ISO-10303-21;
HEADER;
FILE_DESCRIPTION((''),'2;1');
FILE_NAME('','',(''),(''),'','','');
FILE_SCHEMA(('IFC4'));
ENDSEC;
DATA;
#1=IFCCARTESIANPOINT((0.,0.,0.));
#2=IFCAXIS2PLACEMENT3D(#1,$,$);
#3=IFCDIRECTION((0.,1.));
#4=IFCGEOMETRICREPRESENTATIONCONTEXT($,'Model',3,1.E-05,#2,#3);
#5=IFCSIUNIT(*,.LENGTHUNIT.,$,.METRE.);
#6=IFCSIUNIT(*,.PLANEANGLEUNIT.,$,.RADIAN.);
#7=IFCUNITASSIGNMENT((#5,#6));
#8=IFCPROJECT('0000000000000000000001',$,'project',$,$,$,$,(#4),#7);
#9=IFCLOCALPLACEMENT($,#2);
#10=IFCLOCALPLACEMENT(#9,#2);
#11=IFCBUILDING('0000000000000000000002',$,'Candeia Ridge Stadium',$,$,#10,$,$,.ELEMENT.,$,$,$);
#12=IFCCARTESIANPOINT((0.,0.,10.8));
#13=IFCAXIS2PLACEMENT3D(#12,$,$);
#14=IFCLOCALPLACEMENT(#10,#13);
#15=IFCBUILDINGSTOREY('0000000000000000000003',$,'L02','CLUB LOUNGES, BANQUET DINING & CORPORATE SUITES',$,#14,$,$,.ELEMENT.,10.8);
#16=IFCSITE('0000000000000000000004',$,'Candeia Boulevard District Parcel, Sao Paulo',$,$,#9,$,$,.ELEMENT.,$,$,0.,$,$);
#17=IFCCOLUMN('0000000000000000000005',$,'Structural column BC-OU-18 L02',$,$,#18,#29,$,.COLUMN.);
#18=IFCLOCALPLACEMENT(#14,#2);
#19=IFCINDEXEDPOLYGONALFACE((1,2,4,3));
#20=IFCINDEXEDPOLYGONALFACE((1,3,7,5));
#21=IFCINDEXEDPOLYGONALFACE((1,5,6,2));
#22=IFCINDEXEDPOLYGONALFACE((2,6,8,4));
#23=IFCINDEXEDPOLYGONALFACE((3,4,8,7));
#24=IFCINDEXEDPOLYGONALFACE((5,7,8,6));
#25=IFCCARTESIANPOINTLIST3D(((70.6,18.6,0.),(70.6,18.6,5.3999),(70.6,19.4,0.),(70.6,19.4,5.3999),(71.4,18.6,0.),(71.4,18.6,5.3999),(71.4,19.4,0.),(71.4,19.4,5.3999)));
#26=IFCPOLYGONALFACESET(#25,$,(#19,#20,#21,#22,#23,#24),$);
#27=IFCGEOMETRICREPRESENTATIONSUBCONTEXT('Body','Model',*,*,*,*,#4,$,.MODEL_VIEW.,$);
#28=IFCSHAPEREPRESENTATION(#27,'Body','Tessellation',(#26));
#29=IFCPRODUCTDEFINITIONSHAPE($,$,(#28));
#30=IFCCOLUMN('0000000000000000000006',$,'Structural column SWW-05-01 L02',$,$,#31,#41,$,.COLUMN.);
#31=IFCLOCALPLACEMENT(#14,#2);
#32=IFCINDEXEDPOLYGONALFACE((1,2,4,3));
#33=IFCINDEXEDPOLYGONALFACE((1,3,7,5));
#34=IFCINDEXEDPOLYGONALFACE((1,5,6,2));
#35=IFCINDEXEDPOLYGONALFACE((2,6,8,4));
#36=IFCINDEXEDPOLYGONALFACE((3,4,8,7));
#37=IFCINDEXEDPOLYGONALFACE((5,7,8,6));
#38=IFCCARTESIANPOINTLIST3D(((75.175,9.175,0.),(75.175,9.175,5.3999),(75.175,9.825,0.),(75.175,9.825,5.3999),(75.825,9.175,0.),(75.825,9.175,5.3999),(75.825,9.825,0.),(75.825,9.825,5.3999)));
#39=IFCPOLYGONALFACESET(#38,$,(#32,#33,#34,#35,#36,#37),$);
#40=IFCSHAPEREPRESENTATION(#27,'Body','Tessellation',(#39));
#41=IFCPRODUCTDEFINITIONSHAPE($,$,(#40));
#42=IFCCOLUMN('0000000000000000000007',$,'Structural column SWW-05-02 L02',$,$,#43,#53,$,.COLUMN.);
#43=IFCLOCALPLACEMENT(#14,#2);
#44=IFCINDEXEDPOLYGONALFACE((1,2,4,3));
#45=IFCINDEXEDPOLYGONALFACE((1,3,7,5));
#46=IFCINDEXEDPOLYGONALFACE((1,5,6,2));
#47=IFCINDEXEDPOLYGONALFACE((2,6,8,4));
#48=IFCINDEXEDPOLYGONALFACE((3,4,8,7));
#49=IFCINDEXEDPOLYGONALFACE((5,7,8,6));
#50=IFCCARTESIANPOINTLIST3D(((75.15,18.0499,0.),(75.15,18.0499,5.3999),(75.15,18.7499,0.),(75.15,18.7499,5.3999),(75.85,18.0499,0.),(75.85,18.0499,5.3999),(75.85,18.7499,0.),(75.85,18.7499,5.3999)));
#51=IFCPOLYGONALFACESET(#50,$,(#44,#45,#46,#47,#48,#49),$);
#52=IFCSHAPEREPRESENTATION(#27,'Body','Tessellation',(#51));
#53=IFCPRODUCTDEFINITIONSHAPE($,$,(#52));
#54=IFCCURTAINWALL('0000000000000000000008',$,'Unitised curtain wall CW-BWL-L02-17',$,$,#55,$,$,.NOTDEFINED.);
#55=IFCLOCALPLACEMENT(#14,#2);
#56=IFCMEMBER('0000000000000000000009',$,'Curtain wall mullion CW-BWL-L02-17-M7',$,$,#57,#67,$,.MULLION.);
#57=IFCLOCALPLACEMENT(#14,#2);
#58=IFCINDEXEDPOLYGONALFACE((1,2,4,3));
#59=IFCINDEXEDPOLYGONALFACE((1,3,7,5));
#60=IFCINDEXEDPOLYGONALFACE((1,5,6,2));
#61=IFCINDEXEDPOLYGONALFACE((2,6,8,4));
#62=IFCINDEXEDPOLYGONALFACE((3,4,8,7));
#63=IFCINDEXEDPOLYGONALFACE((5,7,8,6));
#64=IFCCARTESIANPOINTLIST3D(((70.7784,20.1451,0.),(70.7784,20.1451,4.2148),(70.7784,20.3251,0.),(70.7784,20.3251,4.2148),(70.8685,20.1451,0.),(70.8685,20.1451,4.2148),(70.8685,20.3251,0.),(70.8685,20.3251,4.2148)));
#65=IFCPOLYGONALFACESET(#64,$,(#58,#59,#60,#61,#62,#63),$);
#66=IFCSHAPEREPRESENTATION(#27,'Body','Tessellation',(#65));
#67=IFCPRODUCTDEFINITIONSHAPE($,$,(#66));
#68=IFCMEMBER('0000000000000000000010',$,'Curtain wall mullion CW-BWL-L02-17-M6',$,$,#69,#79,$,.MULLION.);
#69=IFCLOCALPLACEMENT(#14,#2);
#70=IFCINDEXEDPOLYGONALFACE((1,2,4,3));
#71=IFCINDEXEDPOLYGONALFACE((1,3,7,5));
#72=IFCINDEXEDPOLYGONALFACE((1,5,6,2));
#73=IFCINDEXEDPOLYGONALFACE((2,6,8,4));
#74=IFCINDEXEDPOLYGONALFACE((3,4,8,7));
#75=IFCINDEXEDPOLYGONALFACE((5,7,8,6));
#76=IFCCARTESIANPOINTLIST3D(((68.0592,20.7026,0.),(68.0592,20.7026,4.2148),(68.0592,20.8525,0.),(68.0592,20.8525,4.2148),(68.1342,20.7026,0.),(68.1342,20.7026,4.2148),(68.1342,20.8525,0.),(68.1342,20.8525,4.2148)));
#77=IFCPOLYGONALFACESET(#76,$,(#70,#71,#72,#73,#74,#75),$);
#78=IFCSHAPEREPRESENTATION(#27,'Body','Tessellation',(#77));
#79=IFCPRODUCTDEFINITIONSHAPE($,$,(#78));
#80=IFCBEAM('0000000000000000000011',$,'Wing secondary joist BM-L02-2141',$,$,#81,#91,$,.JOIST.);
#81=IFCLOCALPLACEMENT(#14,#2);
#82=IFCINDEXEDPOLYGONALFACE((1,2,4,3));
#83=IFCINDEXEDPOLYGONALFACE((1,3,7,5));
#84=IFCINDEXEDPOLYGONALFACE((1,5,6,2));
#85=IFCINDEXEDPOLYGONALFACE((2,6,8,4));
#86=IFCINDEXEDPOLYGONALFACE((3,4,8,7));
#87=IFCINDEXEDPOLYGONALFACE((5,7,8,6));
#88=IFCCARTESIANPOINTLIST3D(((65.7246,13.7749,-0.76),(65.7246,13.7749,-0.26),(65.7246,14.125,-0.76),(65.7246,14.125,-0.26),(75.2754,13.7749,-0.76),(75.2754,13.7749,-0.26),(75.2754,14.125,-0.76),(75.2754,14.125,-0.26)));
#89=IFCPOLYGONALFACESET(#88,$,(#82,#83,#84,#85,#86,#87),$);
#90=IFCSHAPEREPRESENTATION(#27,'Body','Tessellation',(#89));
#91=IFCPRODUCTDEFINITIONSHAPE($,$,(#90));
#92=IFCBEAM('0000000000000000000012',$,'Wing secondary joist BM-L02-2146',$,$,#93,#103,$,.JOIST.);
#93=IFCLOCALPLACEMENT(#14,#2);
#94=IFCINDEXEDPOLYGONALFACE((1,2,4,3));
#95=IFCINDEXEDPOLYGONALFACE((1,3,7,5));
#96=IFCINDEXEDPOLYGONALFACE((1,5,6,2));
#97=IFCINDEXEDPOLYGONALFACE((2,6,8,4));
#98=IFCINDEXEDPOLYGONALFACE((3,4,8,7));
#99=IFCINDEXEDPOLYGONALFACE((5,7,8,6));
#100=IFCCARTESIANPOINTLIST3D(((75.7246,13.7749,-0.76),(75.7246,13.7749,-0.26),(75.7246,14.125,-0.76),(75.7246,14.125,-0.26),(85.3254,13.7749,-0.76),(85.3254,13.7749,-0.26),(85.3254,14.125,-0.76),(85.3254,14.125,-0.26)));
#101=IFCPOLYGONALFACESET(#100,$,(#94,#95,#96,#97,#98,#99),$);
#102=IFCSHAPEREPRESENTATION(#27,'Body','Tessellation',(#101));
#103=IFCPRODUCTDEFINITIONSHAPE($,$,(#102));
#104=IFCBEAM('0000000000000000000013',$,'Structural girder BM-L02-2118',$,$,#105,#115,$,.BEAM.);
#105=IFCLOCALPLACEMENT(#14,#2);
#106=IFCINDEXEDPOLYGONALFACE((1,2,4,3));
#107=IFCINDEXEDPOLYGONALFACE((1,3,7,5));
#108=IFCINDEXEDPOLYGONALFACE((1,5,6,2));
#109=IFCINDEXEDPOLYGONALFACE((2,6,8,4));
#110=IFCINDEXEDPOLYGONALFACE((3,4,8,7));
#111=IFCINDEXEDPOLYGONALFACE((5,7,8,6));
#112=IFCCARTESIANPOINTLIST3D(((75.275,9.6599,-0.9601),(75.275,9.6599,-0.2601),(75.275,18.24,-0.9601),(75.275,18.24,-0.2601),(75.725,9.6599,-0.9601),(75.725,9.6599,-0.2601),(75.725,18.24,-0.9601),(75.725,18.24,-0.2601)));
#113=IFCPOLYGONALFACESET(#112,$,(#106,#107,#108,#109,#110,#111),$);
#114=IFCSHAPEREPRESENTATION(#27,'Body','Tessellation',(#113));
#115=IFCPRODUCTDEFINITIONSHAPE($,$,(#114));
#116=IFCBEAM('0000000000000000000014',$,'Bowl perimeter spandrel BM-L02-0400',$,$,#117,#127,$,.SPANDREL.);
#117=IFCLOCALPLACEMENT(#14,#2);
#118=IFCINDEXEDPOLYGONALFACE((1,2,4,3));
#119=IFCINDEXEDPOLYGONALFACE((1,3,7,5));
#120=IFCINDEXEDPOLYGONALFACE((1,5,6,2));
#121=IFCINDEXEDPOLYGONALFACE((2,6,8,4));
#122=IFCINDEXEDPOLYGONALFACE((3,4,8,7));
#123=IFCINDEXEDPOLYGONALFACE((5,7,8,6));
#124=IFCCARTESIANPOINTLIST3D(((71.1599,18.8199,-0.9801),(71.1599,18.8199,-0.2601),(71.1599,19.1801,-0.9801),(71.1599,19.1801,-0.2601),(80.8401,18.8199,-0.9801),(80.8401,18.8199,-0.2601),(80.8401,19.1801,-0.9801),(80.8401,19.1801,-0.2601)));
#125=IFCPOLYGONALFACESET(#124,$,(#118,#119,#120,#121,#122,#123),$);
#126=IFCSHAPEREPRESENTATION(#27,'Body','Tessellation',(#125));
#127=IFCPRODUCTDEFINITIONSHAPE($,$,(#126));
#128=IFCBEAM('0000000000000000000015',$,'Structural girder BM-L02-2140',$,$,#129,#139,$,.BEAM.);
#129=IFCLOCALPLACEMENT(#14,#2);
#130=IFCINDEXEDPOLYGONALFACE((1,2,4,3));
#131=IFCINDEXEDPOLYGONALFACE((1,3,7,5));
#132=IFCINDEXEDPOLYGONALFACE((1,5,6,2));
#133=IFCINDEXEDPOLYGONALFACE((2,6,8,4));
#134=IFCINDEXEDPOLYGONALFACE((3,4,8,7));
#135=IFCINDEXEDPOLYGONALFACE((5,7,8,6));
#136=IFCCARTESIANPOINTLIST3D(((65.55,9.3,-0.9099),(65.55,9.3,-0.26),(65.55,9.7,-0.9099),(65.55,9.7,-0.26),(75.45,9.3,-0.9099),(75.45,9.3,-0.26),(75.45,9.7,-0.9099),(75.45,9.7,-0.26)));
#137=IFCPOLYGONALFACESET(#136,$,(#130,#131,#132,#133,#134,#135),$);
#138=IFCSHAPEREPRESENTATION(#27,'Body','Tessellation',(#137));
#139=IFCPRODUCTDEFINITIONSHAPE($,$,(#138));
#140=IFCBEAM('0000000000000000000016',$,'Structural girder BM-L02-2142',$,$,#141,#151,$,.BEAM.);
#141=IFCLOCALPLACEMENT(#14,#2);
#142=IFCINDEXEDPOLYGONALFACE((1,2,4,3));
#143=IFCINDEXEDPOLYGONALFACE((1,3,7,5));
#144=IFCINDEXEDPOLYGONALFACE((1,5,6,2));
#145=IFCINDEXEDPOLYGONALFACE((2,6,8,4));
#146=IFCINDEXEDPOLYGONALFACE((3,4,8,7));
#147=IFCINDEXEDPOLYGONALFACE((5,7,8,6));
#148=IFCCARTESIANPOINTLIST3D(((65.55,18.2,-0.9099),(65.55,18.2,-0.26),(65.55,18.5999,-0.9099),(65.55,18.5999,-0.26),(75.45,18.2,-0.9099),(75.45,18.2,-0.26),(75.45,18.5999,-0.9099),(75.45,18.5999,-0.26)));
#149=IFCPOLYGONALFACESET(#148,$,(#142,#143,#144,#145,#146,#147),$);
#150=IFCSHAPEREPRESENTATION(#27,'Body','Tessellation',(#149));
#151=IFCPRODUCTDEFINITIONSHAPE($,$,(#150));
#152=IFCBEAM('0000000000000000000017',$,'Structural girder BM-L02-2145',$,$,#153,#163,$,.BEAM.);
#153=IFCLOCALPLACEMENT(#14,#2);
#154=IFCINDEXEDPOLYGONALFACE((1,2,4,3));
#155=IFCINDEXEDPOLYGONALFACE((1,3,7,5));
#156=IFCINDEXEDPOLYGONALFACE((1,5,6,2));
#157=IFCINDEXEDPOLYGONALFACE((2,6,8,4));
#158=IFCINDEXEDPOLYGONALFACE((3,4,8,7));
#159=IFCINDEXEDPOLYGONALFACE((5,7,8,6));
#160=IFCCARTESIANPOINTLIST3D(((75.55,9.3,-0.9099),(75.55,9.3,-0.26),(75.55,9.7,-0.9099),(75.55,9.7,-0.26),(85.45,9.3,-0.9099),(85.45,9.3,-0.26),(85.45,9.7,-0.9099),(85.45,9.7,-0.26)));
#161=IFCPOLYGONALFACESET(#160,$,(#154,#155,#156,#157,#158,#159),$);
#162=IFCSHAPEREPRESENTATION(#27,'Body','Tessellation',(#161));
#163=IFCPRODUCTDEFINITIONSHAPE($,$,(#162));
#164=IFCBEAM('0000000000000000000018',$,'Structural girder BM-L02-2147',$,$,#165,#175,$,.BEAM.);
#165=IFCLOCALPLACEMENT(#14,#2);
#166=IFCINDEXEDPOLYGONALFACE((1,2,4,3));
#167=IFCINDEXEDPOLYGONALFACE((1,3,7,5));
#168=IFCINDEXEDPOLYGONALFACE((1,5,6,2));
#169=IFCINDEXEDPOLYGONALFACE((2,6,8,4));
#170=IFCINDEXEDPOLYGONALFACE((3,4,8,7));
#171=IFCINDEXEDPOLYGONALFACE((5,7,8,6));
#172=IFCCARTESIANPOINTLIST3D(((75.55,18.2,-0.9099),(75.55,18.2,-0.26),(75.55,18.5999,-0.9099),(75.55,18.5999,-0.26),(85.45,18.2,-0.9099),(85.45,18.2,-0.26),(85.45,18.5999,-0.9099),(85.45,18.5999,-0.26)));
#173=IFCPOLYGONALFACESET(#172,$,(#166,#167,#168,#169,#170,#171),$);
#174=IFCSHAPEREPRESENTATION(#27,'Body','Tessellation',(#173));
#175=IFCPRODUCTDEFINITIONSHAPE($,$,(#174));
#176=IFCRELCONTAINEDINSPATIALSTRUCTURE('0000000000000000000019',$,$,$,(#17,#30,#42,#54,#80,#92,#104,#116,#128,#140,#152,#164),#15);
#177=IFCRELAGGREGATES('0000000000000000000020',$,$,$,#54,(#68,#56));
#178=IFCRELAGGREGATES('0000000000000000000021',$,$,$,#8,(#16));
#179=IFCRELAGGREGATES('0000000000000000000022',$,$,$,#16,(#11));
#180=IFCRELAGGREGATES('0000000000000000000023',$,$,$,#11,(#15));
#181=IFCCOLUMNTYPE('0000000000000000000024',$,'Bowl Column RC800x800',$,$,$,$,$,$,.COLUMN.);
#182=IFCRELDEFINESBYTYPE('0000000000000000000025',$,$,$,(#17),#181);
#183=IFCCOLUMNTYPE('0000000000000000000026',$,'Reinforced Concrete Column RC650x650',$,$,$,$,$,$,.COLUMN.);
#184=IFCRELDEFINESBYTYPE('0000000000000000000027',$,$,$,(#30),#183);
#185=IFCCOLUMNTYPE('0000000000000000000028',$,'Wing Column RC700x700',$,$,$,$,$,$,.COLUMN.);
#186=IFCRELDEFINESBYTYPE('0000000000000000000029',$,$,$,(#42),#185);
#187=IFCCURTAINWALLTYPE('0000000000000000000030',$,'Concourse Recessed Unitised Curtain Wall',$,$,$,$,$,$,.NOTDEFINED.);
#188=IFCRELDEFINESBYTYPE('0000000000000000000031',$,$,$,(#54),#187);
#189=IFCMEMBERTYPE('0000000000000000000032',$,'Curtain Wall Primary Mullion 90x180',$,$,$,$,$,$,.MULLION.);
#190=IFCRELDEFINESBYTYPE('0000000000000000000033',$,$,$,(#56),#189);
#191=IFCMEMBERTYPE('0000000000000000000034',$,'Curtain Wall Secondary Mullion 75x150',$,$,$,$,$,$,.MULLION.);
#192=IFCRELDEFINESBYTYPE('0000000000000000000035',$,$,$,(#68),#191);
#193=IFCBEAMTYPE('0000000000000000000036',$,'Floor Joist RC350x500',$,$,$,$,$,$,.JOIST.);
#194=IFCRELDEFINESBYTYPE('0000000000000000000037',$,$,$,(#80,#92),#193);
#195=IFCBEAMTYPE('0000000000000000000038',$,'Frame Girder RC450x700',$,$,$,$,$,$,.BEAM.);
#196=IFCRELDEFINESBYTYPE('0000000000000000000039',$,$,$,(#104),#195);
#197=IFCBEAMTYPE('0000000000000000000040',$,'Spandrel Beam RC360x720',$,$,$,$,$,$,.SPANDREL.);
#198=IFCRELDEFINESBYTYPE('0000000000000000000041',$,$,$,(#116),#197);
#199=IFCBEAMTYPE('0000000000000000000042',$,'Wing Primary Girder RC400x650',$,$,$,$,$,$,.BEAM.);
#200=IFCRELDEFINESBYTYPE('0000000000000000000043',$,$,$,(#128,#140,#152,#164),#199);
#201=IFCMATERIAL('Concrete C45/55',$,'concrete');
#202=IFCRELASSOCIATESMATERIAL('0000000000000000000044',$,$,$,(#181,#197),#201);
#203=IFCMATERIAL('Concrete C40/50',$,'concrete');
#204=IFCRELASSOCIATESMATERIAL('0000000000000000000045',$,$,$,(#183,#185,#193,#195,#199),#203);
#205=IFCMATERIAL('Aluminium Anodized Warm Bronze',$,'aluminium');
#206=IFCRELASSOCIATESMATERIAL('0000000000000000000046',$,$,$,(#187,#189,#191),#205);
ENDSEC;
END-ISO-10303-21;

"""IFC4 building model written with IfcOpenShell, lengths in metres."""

from ifc_helpers import new_model, si_unit, direction, frame, origin, origin_2d, place, context, subcontext, project, spatial, rectangle, extrude, material, material_profile, profile_set, type_object, element, aggregate, save


model = new_model("IFC4")

# Units and contexts
model_context = context("Model", 3, precision=1e-05, world=origin(), true_north=direction((0.0, 1.0)))
body_context = subcontext(model_context, "Body", "Model", "MODEL_VIEW")
ifc_project = project(units=[si_unit("LENGTHUNIT", "METRE"), si_unit("PLANEANGLEUNIT", "RADIAN")], contexts=[model_context])

# Site, building, storey
site_placement = place(None, origin())
site = spatial("IfcSite", under=ifc_project, at=site_placement, Name="Candeia Boulevard District Parcel, Sao Paulo", CompositionType="ELEMENT", RefElevation=0.0)
building_placement = place(site_placement, origin())
building = spatial("IfcBuilding", under=site, at=building_placement, Name="Candeia Ridge Stadium", CompositionType="ELEMENT")
storey_placement = place(building_placement, frame((0.0, 0.0, 10.8)))
storey = spatial("IfcBuildingStorey", under=building, at=storey_placement, Name="L02", Description="CLUB LOUNGES, BANQUET DINING & CORPORATE SUITES", CompositionType="ELEMENT", Elevation=10.8)

# Columns
ifc_material_1 = material(Name="Concrete C45/55", Category="concrete")
ifc_material_profile_1 = material_profile(ifc_material_1, rectangle(XDim=0.8, YDim=0.8, at=origin_2d()), Name="RC800x800", Category="concrete")
ifc_profile_set_1 = profile_set([ifc_material_profile_1], Name="Concrete C45/55")
column_type_1 = type_object("IfcColumnType", Name="Bowl Column RC800x800", PredefinedType="COLUMN", material=ifc_profile_set_1)
column_1_placement = place(storey_placement, frame((71.0, 19.0, 0.0), z_axis=(0.0, 0.0, 1.0), x_axis=(1.0, 0.0, 0.0)))
element("IfcColumn", 1, at=column_1_placement, inside=storey, type_object=column_type_1, Name="Structural column BC-OU-18 L02", PredefinedType="COLUMN", context=body_context, shape_type="SweptSolid", body=[
    extrude(rectangle(XDim=0.8, YDim=0.8, at=origin_2d()), origin(), (0.0, 0.0, 1.0), 5.3999),
])
ifc_material_2 = material(Name="Concrete C40/50", Category="concrete")
ifc_material_profile_2 = material_profile(ifc_material_2, rectangle(XDim=0.6499, YDim=0.6499, at=origin_2d()), Name="RC650x650", Category="concrete")
ifc_profile_set_2 = profile_set([ifc_material_profile_2], Name="Concrete C40/50")
column_type_2 = type_object("IfcColumnType", Name="Reinforced Concrete Column RC650x650", PredefinedType="COLUMN", material=ifc_profile_set_2)
column_2_placement = place(storey_placement, frame((75.5, 9.5, 0.0), z_axis=(0.0, 0.0, 1.0), x_axis=(1.0, 0.0, 0.0)))
element("IfcColumn", 2, at=column_2_placement, inside=storey, type_object=column_type_2, Name="Structural column SWW-05-01 L02", PredefinedType="COLUMN", context=body_context, shape_type="SweptSolid", body=[
    extrude(rectangle(XDim=0.6499, YDim=0.6499, at=origin_2d()), origin(), (0.0, 0.0, 1.0), 5.3999),
])
ifc_material_profile_3 = material_profile(ifc_material_2, rectangle(XDim=0.7, YDim=0.7, at=origin_2d()), Name="RC700x700", Category="concrete")
ifc_profile_set_3 = profile_set([ifc_material_profile_3], Name="Concrete C40/50")
column_type_3 = type_object("IfcColumnType", Name="Wing Column RC700x700", PredefinedType="COLUMN", material=ifc_profile_set_3)
column_3_placement = place(storey_placement, frame((75.5, 18.3999, 0.0), z_axis=(0.0, 0.0, 1.0), x_axis=(1.0, 0.0, 0.0)))
element("IfcColumn", 3, at=column_3_placement, inside=storey, type_object=column_type_3, Name="Structural column SWW-05-02 L02", PredefinedType="COLUMN", context=body_context, shape_type="SweptSolid", body=[
    extrude(rectangle(XDim=0.7, YDim=0.7, at=origin_2d()), origin(), (0.0, 0.0, 1.0), 5.3999),
])

# Curtain wall, members
ifc_material_3 = material(Name="Aluminium Anodized Warm Bronze", Category="aluminium")
curtain_wall_type = type_object("IfcCurtainWallType", Name="Concourse Recessed Unitised Curtain Wall", PredefinedType="NOTDEFINED", material=ifc_material_3)
curtain_wall_placement = place(storey_placement, origin())
curtain_wall = element("IfcCurtainWall", 4, at=curtain_wall_placement, inside=storey, type_object=curtain_wall_type, Name="Unitised curtain wall CW-BWL-L02-17", PredefinedType="NOTDEFINED")
ifc_material_profile_4 = material_profile(ifc_material_3, rectangle(XDim=0.0901, YDim=0.1799, at=origin_2d()), Name="CWM-90x180", Category="aluminium")
ifc_profile_set_4 = profile_set([ifc_material_profile_4], Name="Aluminium Anodized Warm Bronze")
member_type_1 = type_object("IfcMemberType", Name="Curtain Wall Primary Mullion 90x180", PredefinedType="MULLION", material=ifc_profile_set_4)
member_1_placement = place(storey_placement, frame((70.8235, 20.2351, 0.0), z_axis=(0.0, 0.0, 1.0), x_axis=(1.0, 0.0, 0.0)))
member_1 = element("IfcMember", 5, at=member_1_placement, type_object=member_type_1, Name="Curtain wall mullion CW-BWL-L02-17-M7", PredefinedType="MULLION", context=body_context, shape_type="SweptSolid", body=[
    extrude(rectangle(XDim=0.0901, YDim=0.1799, at=origin_2d()), origin(), (0.0, 0.0, 1.0), 4.2148),
])
ifc_material_profile_5 = material_profile(ifc_material_3, rectangle(XDim=0.075, YDim=0.1499, at=origin_2d()), Name="CWM-75x150", Category="aluminium")
ifc_profile_set_5 = profile_set([ifc_material_profile_5], Name="Aluminium Anodized Warm Bronze")
member_type_2 = type_object("IfcMemberType", Name="Curtain Wall Secondary Mullion 75x150", PredefinedType="MULLION", material=ifc_profile_set_5)
member_2_placement = place(storey_placement, frame((68.0967, 20.7776, 0.0), z_axis=(0.0, 0.0, 1.0), x_axis=(1.0, 0.0, 0.0)))
member_2 = element("IfcMember", 6, at=member_2_placement, type_object=member_type_2, Name="Curtain wall mullion CW-BWL-L02-17-M6", PredefinedType="MULLION", context=body_context, shape_type="SweptSolid", body=[
    extrude(rectangle(XDim=0.075, YDim=0.1499, at=origin_2d()), origin(), (0.0, 0.0, 1.0), 4.2148),
])

# Beams
ifc_material_profile_6 = material_profile(ifc_material_2, rectangle(XDim=0.3501, YDim=0.5, at=origin_2d()), Name="RC350x500", Category="concrete")
ifc_profile_set_6 = profile_set([ifc_material_profile_6], Name="Concrete C40/50")
beam_type_1 = type_object("IfcBeamType", Name="Floor Joist RC350x500", PredefinedType="JOIST", material=ifc_profile_set_6)
beam_1_placement = place(storey_placement, frame((65.7246, 13.95, -0.51), z_axis=(1.0, 0.0, 0.0), x_axis=(0.0, 1.0, 0.0)))
element("IfcBeam", 7, at=beam_1_placement, inside=storey, type_object=beam_type_1, Name="Wing secondary joist BM-L02-2141", PredefinedType="JOIST", context=body_context, shape_type="SweptSolid", body=[
    extrude(rectangle(XDim=0.3501, YDim=0.5, at=origin_2d()), origin(), (0.0, 0.0, 1.0), 9.5508),
])
beam_2_placement = place(storey_placement, frame((75.7246, 13.95, -0.51), z_axis=(1.0, 0.0, 0.0), x_axis=(0.0, 1.0, 0.0)))
element("IfcBeam", 8, at=beam_2_placement, inside=storey, type_object=beam_type_1, Name="Wing secondary joist BM-L02-2146", PredefinedType="JOIST", context=body_context, shape_type="SweptSolid", body=[
    extrude(rectangle(XDim=0.3501, YDim=0.5, at=origin_2d()), origin(), (0.0, 0.0, 1.0), 9.6008),
])
ifc_material_profile_7 = material_profile(ifc_material_2, rectangle(XDim=0.45, YDim=0.7, at=origin_2d()), Name="RC450x700", Category="concrete")
ifc_profile_set_7 = profile_set([ifc_material_profile_7], Name="Concrete C40/50")
beam_type_2 = type_object("IfcBeamType", Name="Frame Girder RC450x700", PredefinedType="BEAM", material=ifc_profile_set_7)
beam_3_placement = place(storey_placement, frame((75.5, 9.6599, -0.6101), z_axis=(0.0, 1.0, 0.0), x_axis=(-1.0, 0.0, 0.0)))
element("IfcBeam", 9, at=beam_3_placement, inside=storey, type_object=beam_type_2, Name="Structural girder BM-L02-2118", PredefinedType="BEAM", context=body_context, shape_type="SweptSolid", body=[
    extrude(rectangle(XDim=0.45, YDim=0.7, at=origin_2d()), origin(), (0.0, 0.0, 1.0), 8.5801),
])
ifc_material_profile_8 = material_profile(ifc_material_1, rectangle(XDim=0.3601, YDim=0.72, at=origin_2d()), Name="RC360x720", Category="concrete")
ifc_profile_set_8 = profile_set([ifc_material_profile_8], Name="Concrete C45/55")
beam_type_3 = type_object("IfcBeamType", Name="Spandrel Beam RC360x720", PredefinedType="SPANDREL", material=ifc_profile_set_8)
beam_4_placement = place(storey_placement, frame((71.1599, 19.0, -0.6201), z_axis=(1.0, 0.0, 0.0), x_axis=(0.0, 1.0, 0.0)))
element("IfcBeam", 10, at=beam_4_placement, inside=storey, type_object=beam_type_3, Name="Bowl perimeter spandrel BM-L02-0400", PredefinedType="SPANDREL", context=body_context, shape_type="SweptSolid", body=[
    extrude(rectangle(XDim=0.3601, YDim=0.72, at=origin_2d()), origin(), (0.0, 0.0, 1.0), 9.6802),
])
ifc_material_profile_9 = material_profile(ifc_material_2, rectangle(XDim=0.3999, YDim=0.6499, at=origin_2d()), Name="RC400x650", Category="concrete")
ifc_profile_set_9 = profile_set([ifc_material_profile_9], Name="Concrete C40/50")
beam_type_4 = type_object("IfcBeamType", Name="Wing Primary Girder RC400x650", PredefinedType="BEAM", material=ifc_profile_set_9)
for number, where, z_axis, x_axis, name in (
    (11, (65.55, 9.5, -0.585), (1.0, 0.0, 0.0), (0.0, 1.0, 0.0), "Structural girder BM-L02-2140"),
    (12, (65.55, 18.3999, -0.585), (1.0, 0.0, 0.0), (0.0, 1.0, 0.0), "Structural girder BM-L02-2142"),
    (13, (75.55, 9.5, -0.585), (1.0, 0.0, 0.0), (0.0, 1.0, 0.0), "Structural girder BM-L02-2145"),
    (14, (75.55, 18.3999, -0.585), (1.0, 0.0, 0.0), (0.0, 1.0, 0.0), "Structural girder BM-L02-2147"),
):
    element("IfcBeam", number, at=place(storey_placement, frame(where, z_axis=z_axis, x_axis=x_axis)), inside=storey, type_object=beam_type_4, Name=name, PredefinedType="BEAM", context=body_context, shape_type="SweptSolid", body=[
        extrude(rectangle(XDim=0.3999, YDim=0.6499, at=origin_2d()), origin(), (0.0, 0.0, 1.0), 9.8999),
    ])

aggregate(curtain_wall, [member_2, member_1])

save(model, "model.ifc")
